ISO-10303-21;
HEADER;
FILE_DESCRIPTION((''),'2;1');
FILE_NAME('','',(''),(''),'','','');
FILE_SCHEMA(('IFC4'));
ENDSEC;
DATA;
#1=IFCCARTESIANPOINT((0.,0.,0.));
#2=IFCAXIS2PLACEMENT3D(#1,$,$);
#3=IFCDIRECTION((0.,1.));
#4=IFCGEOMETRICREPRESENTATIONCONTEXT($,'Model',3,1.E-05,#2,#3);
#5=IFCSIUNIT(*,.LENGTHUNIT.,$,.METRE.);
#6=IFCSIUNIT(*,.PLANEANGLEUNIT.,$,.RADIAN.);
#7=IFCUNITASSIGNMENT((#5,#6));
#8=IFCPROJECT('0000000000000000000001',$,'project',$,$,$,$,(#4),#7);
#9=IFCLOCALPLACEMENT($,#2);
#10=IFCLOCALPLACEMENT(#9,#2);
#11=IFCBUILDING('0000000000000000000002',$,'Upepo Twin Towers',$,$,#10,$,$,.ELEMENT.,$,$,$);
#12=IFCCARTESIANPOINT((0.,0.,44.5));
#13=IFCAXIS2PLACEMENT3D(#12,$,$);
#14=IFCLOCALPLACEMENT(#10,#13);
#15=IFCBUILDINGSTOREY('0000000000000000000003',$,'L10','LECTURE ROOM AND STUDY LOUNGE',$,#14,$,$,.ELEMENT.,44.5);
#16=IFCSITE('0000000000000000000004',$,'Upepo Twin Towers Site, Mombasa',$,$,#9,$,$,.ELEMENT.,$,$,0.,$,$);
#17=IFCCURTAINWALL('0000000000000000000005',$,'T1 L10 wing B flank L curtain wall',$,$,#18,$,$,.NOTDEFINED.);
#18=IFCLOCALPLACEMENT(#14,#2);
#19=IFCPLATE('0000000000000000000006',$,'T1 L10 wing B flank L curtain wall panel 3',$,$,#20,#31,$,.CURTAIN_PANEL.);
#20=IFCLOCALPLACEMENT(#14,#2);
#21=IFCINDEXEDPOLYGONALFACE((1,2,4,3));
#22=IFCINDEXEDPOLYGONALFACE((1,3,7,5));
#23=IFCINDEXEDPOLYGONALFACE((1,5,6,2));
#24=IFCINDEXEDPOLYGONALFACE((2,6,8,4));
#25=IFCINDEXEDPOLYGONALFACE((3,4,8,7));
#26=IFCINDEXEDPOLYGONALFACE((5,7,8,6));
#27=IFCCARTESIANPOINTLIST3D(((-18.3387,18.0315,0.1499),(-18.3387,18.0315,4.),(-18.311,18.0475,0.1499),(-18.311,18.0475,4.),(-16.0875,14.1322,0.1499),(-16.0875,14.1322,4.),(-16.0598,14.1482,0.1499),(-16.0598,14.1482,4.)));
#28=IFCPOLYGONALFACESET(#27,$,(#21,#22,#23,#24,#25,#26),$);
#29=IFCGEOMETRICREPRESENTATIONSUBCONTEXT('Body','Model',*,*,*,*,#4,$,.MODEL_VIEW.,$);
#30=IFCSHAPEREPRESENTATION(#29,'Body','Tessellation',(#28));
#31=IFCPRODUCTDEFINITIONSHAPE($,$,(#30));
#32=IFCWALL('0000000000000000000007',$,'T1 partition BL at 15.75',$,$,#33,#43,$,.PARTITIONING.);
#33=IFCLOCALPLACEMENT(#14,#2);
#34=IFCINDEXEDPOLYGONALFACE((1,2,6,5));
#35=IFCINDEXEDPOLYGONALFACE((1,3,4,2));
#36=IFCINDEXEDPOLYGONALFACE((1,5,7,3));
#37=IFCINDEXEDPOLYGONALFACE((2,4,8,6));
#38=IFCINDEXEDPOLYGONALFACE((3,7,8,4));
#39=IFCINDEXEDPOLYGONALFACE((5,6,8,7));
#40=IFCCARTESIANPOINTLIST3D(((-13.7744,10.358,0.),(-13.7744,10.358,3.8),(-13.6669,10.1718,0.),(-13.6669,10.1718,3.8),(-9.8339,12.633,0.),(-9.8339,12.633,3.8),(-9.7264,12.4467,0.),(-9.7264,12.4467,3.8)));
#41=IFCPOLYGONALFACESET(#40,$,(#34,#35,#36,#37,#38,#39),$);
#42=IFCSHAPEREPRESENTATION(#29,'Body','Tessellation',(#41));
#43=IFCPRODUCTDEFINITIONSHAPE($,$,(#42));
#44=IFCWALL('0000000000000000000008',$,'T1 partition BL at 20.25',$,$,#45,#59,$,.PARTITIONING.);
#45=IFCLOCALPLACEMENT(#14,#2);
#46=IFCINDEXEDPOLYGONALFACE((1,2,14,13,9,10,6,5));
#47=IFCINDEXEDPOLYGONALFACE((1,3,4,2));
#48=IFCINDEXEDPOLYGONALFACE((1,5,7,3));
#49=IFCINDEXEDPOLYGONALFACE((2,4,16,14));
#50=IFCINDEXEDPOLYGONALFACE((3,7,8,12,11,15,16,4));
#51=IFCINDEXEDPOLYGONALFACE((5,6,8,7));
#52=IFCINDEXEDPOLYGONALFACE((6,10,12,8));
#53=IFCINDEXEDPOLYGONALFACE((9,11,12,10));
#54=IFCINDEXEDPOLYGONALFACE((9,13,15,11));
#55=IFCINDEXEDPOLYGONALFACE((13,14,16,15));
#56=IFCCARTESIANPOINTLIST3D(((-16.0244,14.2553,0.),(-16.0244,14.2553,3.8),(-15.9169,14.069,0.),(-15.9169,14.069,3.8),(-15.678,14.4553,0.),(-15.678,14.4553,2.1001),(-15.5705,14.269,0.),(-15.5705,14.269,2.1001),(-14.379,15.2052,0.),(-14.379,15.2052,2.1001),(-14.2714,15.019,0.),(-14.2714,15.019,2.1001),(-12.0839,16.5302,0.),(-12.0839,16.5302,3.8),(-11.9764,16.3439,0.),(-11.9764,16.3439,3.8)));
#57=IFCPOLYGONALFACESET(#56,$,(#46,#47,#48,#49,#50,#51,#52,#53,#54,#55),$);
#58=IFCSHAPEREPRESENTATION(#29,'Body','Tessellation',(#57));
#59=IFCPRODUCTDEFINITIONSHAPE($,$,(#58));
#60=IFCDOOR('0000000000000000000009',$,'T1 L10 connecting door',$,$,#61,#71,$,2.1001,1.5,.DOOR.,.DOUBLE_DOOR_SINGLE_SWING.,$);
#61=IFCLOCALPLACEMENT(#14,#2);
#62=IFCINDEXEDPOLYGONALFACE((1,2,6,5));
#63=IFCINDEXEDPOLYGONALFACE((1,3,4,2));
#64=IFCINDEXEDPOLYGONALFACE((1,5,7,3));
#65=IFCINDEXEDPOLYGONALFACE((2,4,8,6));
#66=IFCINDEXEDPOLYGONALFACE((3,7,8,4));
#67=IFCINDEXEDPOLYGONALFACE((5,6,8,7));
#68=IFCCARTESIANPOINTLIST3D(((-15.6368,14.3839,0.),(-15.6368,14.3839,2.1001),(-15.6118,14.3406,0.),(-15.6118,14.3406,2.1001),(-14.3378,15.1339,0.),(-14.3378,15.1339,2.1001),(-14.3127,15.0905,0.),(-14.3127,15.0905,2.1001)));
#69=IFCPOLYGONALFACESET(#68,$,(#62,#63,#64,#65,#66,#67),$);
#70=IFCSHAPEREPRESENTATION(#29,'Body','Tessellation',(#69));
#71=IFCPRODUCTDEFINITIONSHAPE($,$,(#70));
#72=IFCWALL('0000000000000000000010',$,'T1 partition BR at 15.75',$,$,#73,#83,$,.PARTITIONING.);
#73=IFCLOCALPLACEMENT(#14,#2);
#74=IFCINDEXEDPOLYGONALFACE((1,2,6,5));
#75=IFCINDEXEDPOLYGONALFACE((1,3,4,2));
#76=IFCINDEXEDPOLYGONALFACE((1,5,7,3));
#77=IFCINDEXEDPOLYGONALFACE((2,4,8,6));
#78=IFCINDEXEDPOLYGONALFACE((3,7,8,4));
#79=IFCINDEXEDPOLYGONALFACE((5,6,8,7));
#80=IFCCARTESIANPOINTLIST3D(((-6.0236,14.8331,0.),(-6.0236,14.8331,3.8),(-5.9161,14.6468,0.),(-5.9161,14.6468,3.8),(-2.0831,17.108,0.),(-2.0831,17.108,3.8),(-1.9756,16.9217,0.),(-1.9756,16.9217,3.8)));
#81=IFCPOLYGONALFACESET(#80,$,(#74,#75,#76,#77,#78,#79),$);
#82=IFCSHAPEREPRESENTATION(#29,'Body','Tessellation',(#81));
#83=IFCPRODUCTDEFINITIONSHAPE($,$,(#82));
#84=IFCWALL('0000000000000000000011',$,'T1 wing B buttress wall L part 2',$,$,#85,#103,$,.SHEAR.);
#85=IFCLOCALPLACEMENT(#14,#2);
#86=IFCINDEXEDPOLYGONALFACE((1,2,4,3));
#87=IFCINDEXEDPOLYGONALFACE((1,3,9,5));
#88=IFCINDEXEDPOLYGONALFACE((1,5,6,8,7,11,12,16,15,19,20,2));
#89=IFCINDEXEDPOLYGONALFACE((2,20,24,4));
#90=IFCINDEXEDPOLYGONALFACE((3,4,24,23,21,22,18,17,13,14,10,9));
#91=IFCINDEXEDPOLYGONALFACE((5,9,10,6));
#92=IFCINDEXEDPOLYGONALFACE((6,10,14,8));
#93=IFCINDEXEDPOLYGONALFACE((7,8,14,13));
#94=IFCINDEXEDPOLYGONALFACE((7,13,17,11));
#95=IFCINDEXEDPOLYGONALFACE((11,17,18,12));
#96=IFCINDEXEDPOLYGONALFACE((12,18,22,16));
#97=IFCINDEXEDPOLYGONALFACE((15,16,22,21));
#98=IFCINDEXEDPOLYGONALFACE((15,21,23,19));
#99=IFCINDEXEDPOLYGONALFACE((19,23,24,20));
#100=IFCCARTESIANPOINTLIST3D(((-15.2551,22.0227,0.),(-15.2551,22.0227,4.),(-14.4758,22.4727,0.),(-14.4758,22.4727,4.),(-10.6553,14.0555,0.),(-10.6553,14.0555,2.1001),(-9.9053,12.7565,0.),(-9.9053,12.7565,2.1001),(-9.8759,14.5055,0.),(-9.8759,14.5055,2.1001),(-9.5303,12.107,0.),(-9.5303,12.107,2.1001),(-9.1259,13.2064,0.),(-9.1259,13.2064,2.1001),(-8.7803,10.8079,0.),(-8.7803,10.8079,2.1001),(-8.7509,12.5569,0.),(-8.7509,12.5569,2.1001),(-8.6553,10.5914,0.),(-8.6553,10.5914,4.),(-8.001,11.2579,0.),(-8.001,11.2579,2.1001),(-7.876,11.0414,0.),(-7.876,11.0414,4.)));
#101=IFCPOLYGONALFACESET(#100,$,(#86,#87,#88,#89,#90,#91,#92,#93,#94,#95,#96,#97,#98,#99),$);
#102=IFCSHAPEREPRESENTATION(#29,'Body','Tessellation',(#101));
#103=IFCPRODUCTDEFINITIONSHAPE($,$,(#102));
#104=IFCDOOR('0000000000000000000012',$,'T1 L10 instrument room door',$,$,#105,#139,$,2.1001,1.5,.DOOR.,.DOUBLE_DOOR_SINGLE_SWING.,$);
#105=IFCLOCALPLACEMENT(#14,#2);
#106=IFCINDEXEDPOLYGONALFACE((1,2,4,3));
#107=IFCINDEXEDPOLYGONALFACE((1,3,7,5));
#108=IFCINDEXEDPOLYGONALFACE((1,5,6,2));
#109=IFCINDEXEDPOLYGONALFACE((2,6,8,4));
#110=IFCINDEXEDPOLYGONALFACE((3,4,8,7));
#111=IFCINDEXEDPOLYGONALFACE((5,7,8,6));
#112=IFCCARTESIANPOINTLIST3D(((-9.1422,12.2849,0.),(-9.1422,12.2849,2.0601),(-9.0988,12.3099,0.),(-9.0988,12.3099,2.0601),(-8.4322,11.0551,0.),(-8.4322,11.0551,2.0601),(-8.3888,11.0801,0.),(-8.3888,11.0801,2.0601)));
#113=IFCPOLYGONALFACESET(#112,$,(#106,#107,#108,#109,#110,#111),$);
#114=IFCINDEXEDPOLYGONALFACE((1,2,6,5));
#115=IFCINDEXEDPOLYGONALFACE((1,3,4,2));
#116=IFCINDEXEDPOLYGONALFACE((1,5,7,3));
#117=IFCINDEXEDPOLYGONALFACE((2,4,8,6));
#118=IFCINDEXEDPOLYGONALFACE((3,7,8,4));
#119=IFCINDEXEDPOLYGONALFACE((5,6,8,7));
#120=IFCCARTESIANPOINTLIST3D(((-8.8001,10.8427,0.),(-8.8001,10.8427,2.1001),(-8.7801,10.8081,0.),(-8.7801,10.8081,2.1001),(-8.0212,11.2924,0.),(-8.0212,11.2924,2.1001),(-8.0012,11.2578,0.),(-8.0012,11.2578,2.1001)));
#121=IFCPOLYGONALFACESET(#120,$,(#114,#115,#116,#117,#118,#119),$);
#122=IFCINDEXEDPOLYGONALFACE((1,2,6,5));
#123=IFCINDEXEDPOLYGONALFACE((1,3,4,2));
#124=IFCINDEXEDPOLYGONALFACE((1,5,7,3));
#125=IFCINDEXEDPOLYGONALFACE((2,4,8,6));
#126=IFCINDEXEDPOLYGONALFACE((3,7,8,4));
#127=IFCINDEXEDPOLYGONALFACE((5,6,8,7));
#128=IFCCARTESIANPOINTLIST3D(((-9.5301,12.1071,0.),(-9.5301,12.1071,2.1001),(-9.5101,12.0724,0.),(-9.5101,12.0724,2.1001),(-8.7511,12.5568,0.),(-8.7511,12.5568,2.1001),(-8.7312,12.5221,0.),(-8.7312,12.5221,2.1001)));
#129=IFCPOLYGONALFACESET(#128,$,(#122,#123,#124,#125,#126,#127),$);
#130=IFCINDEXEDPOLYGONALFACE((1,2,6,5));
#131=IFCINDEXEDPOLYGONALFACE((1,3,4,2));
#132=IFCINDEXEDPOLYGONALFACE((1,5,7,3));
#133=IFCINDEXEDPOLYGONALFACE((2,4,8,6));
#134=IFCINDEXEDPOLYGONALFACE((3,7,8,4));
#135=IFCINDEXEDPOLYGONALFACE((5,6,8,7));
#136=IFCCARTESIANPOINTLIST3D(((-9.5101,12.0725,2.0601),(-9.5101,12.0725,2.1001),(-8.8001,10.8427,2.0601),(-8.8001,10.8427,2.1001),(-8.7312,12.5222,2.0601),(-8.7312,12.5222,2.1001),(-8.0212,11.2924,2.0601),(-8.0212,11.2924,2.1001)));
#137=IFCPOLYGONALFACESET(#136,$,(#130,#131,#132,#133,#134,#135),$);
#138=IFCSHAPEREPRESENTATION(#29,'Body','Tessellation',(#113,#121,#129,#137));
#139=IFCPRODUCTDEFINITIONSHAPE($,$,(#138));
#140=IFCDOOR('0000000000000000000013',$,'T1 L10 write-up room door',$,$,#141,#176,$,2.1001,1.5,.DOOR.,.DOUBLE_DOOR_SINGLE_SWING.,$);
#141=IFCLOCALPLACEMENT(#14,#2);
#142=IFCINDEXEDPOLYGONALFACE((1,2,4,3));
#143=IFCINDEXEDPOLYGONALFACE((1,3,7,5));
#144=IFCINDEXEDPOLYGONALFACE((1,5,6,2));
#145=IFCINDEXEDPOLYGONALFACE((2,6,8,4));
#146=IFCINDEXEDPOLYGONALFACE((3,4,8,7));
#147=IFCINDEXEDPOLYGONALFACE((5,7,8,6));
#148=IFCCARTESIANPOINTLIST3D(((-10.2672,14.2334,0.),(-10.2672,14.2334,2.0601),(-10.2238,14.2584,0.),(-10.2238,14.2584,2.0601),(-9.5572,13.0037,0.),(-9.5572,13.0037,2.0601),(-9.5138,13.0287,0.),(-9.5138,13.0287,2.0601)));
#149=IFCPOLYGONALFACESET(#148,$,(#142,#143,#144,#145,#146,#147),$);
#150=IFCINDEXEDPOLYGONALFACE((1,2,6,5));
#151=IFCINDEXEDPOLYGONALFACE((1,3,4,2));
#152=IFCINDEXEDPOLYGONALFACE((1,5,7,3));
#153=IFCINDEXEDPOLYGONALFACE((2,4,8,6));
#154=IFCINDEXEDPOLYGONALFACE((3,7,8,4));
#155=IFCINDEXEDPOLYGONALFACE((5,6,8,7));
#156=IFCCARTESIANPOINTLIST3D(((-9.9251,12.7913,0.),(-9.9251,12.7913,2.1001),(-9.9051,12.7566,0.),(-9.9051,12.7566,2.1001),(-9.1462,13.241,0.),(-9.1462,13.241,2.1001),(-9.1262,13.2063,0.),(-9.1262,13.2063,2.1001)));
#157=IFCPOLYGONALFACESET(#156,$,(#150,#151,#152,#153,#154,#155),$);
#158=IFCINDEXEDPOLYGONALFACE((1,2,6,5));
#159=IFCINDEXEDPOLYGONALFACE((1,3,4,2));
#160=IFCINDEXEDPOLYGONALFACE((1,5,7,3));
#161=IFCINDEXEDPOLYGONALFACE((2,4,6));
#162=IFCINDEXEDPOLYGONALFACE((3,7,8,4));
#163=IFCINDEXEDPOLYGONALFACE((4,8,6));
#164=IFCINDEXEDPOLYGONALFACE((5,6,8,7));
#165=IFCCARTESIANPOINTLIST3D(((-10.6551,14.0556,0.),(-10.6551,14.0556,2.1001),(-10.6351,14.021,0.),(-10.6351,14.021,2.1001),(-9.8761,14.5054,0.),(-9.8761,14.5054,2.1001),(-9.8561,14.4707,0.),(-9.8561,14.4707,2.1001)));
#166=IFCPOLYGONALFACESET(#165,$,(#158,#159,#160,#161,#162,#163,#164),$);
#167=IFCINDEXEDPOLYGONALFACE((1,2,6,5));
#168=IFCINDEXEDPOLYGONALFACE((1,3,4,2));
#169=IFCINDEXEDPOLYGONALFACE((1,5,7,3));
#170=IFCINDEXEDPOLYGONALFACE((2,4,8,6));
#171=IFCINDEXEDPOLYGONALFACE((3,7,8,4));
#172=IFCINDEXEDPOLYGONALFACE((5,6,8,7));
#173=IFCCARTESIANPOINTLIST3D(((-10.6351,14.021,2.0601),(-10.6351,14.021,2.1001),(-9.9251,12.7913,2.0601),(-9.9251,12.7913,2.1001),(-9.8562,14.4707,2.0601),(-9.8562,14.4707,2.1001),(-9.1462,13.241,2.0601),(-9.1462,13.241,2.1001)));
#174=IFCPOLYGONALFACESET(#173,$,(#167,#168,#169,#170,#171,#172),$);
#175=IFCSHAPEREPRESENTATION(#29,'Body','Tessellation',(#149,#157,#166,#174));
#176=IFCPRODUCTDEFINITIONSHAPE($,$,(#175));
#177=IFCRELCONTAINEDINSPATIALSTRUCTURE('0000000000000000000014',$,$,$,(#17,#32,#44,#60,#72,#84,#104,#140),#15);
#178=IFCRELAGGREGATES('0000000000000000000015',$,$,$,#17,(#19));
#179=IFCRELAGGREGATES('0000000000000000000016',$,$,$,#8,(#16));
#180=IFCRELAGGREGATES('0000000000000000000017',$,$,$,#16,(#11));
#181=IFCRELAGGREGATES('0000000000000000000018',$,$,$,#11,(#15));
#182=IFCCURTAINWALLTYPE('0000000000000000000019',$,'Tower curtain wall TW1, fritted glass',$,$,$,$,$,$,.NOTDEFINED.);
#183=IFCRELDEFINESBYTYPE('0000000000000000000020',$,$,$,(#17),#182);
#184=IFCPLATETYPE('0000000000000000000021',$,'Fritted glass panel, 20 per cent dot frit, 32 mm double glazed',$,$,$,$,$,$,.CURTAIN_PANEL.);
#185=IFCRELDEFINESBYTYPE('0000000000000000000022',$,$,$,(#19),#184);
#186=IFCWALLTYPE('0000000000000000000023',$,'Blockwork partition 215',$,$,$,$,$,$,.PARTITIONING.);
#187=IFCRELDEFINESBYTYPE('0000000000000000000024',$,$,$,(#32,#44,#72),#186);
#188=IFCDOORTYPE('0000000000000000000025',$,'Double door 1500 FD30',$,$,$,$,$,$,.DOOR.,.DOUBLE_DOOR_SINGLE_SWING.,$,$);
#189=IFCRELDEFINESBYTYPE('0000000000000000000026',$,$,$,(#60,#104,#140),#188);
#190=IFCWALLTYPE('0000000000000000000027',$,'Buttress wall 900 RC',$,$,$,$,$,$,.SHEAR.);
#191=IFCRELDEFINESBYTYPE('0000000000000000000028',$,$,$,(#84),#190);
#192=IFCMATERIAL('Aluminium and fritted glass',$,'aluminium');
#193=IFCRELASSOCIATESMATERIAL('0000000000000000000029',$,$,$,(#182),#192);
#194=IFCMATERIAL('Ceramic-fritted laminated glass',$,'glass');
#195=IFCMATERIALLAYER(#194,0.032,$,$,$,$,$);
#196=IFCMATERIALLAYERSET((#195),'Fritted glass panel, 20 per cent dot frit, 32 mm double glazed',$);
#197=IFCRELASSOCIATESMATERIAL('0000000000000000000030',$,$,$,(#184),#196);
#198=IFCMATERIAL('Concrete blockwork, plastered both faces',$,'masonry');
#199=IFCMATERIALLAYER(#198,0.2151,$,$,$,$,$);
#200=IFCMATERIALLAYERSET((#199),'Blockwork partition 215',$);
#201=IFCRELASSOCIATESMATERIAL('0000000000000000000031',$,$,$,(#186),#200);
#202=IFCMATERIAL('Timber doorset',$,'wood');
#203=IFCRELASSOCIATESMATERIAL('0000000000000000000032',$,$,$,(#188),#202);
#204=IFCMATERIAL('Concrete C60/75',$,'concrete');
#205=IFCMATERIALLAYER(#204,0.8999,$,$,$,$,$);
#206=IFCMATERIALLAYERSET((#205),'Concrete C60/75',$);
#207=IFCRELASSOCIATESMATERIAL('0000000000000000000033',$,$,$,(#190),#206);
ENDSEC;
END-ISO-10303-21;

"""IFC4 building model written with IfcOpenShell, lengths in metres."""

from ifc_helpers import new_model, si_unit, direction, frame, frame_2d, origin, origin_2d, place, context, subcontext, project, spatial, rectangle, extrude, material, layer, layer_set, type_object, element, fill, aggregate, save


model = new_model("IFC4")

# Units and contexts
model_context = context("Model", 3, precision=1e-05, world=origin(), true_north=direction((0.0, 1.0)))
body_context = subcontext(model_context, "Body", "Model", "MODEL_VIEW")
ifc_project = project(units=[si_unit("LENGTHUNIT", "METRE"), si_unit("PLANEANGLEUNIT", "RADIAN")], contexts=[model_context])

# Site, building, storey
site_placement = place(None, origin())
site = spatial("IfcSite", under=ifc_project, at=site_placement, Name="Upepo Twin Towers Site, Mombasa", CompositionType="ELEMENT", RefElevation=0.0)
building_placement = place(site_placement, origin())
building = spatial("IfcBuilding", under=site, at=building_placement, Name="Upepo Twin Towers", CompositionType="ELEMENT")
storey_placement = place(building_placement, frame((0.0, 0.0, 44.5)))
storey = spatial("IfcBuildingStorey", under=building, at=storey_placement, Name="L10", Description="LECTURE ROOM AND STUDY LOUNGE", CompositionType="ELEMENT", Elevation=44.5)

# Curtain wall, plate
ifc_material_1 = material(Name="Aluminium and fritted glass", Category="aluminium")
curtain_wall_type = type_object("IfcCurtainWallType", Name="Tower curtain wall TW1, fritted glass", PredefinedType="NOTDEFINED", material=ifc_material_1)
curtain_wall_placement = place(storey_placement, origin())
curtain_wall = element("IfcCurtainWall", 1, at=curtain_wall_placement, inside=storey, type_object=curtain_wall_type, Name="T1 L10 wing B flank L curtain wall", PredefinedType="NOTDEFINED")
ifc_material_2 = material(Name="Ceramic-fritted laminated glass", Category="glass")
ifc_layer_1 = layer(ifc_material_2, 0.032)
ifc_layer_set_1 = layer_set([ifc_layer_1], Name="Fritted glass panel, 20 per cent dot frit, 32 mm double glazed")
plate_type = type_object("IfcPlateType", Name="Fritted glass panel, 20 per cent dot frit, 32 mm double glazed", PredefinedType="CURTAIN_PANEL", material=ifc_layer_set_1)
plate_1_placement = place(storey_placement, frame((-17.1992, 16.0898, 0.1499), z_axis=(0.0, 0.0, 1.0), x_axis=(-0.5, 0.866025, 0.0)))
plate_1 = element("IfcPlate", 2, at=plate_1_placement, type_object=plate_type, Name="T1 L10 wing B flank L curtain wall panel 3", PredefinedType="CURTAIN_PANEL", context=body_context, shape_type="SweptSolid", body=[
    extrude(rectangle(XDim=4.5024, YDim=0.032, at=origin_2d()), origin(), (0.0, 0.0, 1.0), 3.8501),
])
aggregate(curtain_wall, [plate_1])

# Wall
ifc_material_3 = material(Name="Concrete blockwork, plastered both faces", Category="masonry")
ifc_layer_2 = layer(ifc_material_3, 0.2151)
ifc_layer_set_2 = layer_set([ifc_layer_2], Name="Blockwork partition 215")
wall_type_1 = type_object("IfcWallType", Name="Blockwork partition 215", PredefinedType="PARTITIONING", material=ifc_layer_set_2)
wall_1_placement = place(storey_placement, frame((-9.7803, 12.5398, 0.0), z_axis=(0.0, 0.0, 1.0), x_axis=(-0.866035, -0.499983, 0.0)))
element("IfcWall", 3, at=wall_1_placement, inside=storey, type_object=wall_type_1, Name="T1 partition BL at 15.75", PredefinedType="PARTITIONING", context=body_context, shape_type="SweptSolid", body=[
    extrude(rectangle(XDim=4.55, YDim=0.2151, at=frame_2d((2.2749, 0.0))), origin(), (0.0, 0.0, 1.0), 3.8),
])

# Wall, opening, door
wall_2_placement = place(storey_placement, frame((-12.0303, 16.437, 0.0), z_axis=(0.0, 0.0, 1.0), x_axis=(-0.866035, -0.499983, 0.0)))
wall_2 = element("IfcWall", 4, at=wall_2_placement, inside=storey, type_object=wall_type_1, Name="T1 partition BL at 20.25", PredefinedType="PARTITIONING", context=body_context, shape_type="SweptSolid", body=[
    extrude(rectangle(XDim=4.55, YDim=0.2151, at=frame_2d((2.2749, 0.0))), origin(), (0.0, 0.0, 1.0), 3.8),
])
opening_1_placement = place(wall_2_placement, frame((2.6499, 0.0, 0.0)))
opening_1 = element("IfcOpeningElement", 5, at=opening_1_placement, cuts=wall_2, PredefinedType="OPENING", context=body_context, shape_type="SweptSolid", body=[
    extrude(rectangle(XDim=1.5, YDim=2.1001, at=frame_2d((0.75, 1.05))), frame((0.0, 0.1174, 0.0), z_axis=(0.0, -1.0, 0.0), x_axis=(1.0, 0.0, 0.0)), (0.0, 0.0, 1.0), 0.2351),
])
ifc_material_4 = material(Name="Timber doorset", Category="wood")
door_type_1 = type_object("IfcDoorType", Name="Double door 1500 FD30", OperationType="DOUBLE_DOOR_SINGLE_SWING", PredefinedType="DOOR", material=ifc_material_4)
door_1_placement = place(opening_1_placement, origin())
door_1 = element("IfcDoor", 6, at=door_1_placement, inside=storey, type_object=door_type_1, Name="T1 L10 connecting door", OperationType="DOUBLE_DOOR_SINGLE_SWING", OverallHeight=2.1001, OverallWidth=1.5, PredefinedType="DOOR", context=body_context, shape_type="SweptSolid", body=[
    extrude(rectangle(XDim=1.5, YDim=2.1001, at=frame_2d((0.75, 1.05))), frame((0.0, 0.0249, 0.0), z_axis=(0.0, -1.0, 0.0), x_axis=(1.0, 0.0, 0.0)), (0.0, 0.0, 1.0), 0.05),
])
fill(opening_1, door_1)

# Wall
wall_3_placement = place(storey_placement, frame((-5.9697, 14.74, 0.0), z_axis=(0.0, 0.0, 1.0), x_axis=(0.866035, 0.499983, 0.0)))
element("IfcWall", 7, at=wall_3_placement, inside=storey, type_object=wall_type_1, Name="T1 partition BR at 15.75", PredefinedType="PARTITIONING", context=body_context, shape_type="SweptSolid", body=[
    extrude(rectangle(XDim=4.55, YDim=0.2151, at=frame_2d((2.2749, 0.0))), origin(), (0.0, 0.0, 1.0), 3.8),
])

# Wall, openings, doors
ifc_material_5 = material(Name="Concrete C60/75", Category="concrete")
ifc_layer_3 = layer(ifc_material_5, 0.8999)
ifc_layer_set_3 = layer_set([ifc_layer_3], Name="Concrete C60/75")
wall_type_2 = type_object("IfcWallType", Name="Buttress wall 900 RC", PredefinedType="SHEAR", material=ifc_layer_set_3)
wall_4_placement = place(storey_placement, frame((-8.2656, 10.8164, 0.0), z_axis=(0.0, 0.0, 1.0), x_axis=(-0.499996, 0.866028, 0.0)))
wall_4 = element("IfcWall", 8, at=wall_4_placement, inside=storey, type_object=wall_type_2, Name="T1 wing B buttress wall L part 2", PredefinedType="SHEAR", context=body_context, shape_type="SweptSolid", body=[
    extrude(rectangle(XDim=13.1997, YDim=0.8999, at=frame_2d((6.5999, 0.0))), origin(), (0.0, 0.0, 1.0), 4.0),
])
opening_2_placement = place(wall_4_placement, frame((0.25, 0.0, 0.0)))
opening_2 = element("IfcOpeningElement", 9, at=opening_2_placement, cuts=wall_4, PredefinedType="OPENING", context=body_context, shape_type="SweptSolid", body=[
    extrude(rectangle(XDim=1.5, YDim=2.1001, at=frame_2d((0.75, 1.05))), frame((0.0, 0.46, 0.0), z_axis=(0.0, -1.0, 0.0), x_axis=(1.0, 0.0, 0.0)), (0.0, 0.0, 1.0), 0.9199),
])
opening_3_placement = place(wall_4_placement, frame((2.5, 0.0, 0.0)))
opening_3 = element("IfcOpeningElement", 10, at=opening_3_placement, cuts=wall_4, PredefinedType="OPENING", context=body_context, shape_type="SweptSolid", body=[
    extrude(rectangle(XDim=1.5, YDim=2.1001, at=frame_2d((0.75, 1.05))), frame((0.0, 0.46, 0.0), z_axis=(0.0, -1.0, 0.0), x_axis=(1.0, 0.0, 0.0)), (0.0, 0.0, 1.0), 0.9199),
])
door_2_placement = place(opening_2_placement, origin())
door_2 = element("IfcDoor", 11, at=door_2_placement, inside=storey, type_object=door_type_1, Name="T1 L10 instrument room door", OperationType="DOUBLE_DOOR_SINGLE_SWING", OverallHeight=2.1001, OverallWidth=1.5, PredefinedType="DOOR", context=body_context, shape_type="SweptSolid", body=[
    extrude(rectangle(XDim=1.42, YDim=2.0601, at=frame_2d((0.75, 1.03))), frame((0.0, 0.0249, 0.0), z_axis=(0.0, -1.0, 0.0), x_axis=(1.0, 0.0, 0.0)), (0.0, 0.0, 1.0), 0.05),
    extrude(rectangle(XDim=0.04, YDim=2.1001, at=frame_2d((0.02, 1.05))), frame((0.0, 0.4497, 0.0), z_axis=(0.0, -1.0, 0.0), x_axis=(1.0, 0.0, 0.0)), (0.0, 0.0, 1.0), 0.8994),
    extrude(rectangle(XDim=0.04, YDim=2.1001, at=frame_2d((1.48, 1.05))), frame((0.0, 0.4497, 0.0), z_axis=(0.0, -1.0, 0.0), x_axis=(1.0, 0.0, 0.0)), (0.0, 0.0, 1.0), 0.8994),
    extrude(rectangle(XDim=1.42, YDim=0.04, at=frame_2d((0.75, 2.0801))), frame((0.0, 0.4497, 0.0), z_axis=(0.0, -1.0, 0.0), x_axis=(1.0, 0.0, 0.0)), (0.0, 0.0, 1.0), 0.8994),
])
fill(opening_2, door_2)
door_3_placement = place(opening_3_placement, origin())
door_3 = element("IfcDoor", 12, at=door_3_placement, inside=storey, type_object=door_type_1, Name="T1 L10 write-up room door", OperationType="DOUBLE_DOOR_SINGLE_SWING", OverallHeight=2.1001, OverallWidth=1.5, PredefinedType="DOOR", context=body_context, shape_type="SweptSolid", body=[
    extrude(rectangle(XDim=1.42, YDim=2.0601, at=frame_2d((0.75, 1.03))), frame((0.0, 0.0249, 0.0), z_axis=(0.0, -1.0, 0.0), x_axis=(1.0, 0.0, 0.0)), (0.0, 0.0, 1.0), 0.05),
    extrude(rectangle(XDim=0.04, YDim=2.1001, at=frame_2d((0.02, 1.05))), frame((0.0, 0.4497, 0.0), z_axis=(0.0, -1.0, 0.0), x_axis=(1.0, 0.0, 0.0)), (0.0, 0.0, 1.0), 0.8994),
    extrude(rectangle(XDim=0.04, YDim=2.1001, at=frame_2d((1.48, 1.05))), frame((0.0, 0.4497, 0.0), z_axis=(0.0, -1.0, 0.0), x_axis=(1.0, 0.0, 0.0)), (0.0, 0.0, 1.0), 0.8994),
    extrude(rectangle(XDim=1.42, YDim=0.04, at=frame_2d((0.75, 2.0801))), frame((0.0, 0.4497, 0.0), z_axis=(0.0, -1.0, 0.0), x_axis=(1.0, 0.0, 0.0)), (0.0, 0.0, 1.0), 0.8994),
])
fill(opening_3, door_3)

save(model, "model.ifc")
